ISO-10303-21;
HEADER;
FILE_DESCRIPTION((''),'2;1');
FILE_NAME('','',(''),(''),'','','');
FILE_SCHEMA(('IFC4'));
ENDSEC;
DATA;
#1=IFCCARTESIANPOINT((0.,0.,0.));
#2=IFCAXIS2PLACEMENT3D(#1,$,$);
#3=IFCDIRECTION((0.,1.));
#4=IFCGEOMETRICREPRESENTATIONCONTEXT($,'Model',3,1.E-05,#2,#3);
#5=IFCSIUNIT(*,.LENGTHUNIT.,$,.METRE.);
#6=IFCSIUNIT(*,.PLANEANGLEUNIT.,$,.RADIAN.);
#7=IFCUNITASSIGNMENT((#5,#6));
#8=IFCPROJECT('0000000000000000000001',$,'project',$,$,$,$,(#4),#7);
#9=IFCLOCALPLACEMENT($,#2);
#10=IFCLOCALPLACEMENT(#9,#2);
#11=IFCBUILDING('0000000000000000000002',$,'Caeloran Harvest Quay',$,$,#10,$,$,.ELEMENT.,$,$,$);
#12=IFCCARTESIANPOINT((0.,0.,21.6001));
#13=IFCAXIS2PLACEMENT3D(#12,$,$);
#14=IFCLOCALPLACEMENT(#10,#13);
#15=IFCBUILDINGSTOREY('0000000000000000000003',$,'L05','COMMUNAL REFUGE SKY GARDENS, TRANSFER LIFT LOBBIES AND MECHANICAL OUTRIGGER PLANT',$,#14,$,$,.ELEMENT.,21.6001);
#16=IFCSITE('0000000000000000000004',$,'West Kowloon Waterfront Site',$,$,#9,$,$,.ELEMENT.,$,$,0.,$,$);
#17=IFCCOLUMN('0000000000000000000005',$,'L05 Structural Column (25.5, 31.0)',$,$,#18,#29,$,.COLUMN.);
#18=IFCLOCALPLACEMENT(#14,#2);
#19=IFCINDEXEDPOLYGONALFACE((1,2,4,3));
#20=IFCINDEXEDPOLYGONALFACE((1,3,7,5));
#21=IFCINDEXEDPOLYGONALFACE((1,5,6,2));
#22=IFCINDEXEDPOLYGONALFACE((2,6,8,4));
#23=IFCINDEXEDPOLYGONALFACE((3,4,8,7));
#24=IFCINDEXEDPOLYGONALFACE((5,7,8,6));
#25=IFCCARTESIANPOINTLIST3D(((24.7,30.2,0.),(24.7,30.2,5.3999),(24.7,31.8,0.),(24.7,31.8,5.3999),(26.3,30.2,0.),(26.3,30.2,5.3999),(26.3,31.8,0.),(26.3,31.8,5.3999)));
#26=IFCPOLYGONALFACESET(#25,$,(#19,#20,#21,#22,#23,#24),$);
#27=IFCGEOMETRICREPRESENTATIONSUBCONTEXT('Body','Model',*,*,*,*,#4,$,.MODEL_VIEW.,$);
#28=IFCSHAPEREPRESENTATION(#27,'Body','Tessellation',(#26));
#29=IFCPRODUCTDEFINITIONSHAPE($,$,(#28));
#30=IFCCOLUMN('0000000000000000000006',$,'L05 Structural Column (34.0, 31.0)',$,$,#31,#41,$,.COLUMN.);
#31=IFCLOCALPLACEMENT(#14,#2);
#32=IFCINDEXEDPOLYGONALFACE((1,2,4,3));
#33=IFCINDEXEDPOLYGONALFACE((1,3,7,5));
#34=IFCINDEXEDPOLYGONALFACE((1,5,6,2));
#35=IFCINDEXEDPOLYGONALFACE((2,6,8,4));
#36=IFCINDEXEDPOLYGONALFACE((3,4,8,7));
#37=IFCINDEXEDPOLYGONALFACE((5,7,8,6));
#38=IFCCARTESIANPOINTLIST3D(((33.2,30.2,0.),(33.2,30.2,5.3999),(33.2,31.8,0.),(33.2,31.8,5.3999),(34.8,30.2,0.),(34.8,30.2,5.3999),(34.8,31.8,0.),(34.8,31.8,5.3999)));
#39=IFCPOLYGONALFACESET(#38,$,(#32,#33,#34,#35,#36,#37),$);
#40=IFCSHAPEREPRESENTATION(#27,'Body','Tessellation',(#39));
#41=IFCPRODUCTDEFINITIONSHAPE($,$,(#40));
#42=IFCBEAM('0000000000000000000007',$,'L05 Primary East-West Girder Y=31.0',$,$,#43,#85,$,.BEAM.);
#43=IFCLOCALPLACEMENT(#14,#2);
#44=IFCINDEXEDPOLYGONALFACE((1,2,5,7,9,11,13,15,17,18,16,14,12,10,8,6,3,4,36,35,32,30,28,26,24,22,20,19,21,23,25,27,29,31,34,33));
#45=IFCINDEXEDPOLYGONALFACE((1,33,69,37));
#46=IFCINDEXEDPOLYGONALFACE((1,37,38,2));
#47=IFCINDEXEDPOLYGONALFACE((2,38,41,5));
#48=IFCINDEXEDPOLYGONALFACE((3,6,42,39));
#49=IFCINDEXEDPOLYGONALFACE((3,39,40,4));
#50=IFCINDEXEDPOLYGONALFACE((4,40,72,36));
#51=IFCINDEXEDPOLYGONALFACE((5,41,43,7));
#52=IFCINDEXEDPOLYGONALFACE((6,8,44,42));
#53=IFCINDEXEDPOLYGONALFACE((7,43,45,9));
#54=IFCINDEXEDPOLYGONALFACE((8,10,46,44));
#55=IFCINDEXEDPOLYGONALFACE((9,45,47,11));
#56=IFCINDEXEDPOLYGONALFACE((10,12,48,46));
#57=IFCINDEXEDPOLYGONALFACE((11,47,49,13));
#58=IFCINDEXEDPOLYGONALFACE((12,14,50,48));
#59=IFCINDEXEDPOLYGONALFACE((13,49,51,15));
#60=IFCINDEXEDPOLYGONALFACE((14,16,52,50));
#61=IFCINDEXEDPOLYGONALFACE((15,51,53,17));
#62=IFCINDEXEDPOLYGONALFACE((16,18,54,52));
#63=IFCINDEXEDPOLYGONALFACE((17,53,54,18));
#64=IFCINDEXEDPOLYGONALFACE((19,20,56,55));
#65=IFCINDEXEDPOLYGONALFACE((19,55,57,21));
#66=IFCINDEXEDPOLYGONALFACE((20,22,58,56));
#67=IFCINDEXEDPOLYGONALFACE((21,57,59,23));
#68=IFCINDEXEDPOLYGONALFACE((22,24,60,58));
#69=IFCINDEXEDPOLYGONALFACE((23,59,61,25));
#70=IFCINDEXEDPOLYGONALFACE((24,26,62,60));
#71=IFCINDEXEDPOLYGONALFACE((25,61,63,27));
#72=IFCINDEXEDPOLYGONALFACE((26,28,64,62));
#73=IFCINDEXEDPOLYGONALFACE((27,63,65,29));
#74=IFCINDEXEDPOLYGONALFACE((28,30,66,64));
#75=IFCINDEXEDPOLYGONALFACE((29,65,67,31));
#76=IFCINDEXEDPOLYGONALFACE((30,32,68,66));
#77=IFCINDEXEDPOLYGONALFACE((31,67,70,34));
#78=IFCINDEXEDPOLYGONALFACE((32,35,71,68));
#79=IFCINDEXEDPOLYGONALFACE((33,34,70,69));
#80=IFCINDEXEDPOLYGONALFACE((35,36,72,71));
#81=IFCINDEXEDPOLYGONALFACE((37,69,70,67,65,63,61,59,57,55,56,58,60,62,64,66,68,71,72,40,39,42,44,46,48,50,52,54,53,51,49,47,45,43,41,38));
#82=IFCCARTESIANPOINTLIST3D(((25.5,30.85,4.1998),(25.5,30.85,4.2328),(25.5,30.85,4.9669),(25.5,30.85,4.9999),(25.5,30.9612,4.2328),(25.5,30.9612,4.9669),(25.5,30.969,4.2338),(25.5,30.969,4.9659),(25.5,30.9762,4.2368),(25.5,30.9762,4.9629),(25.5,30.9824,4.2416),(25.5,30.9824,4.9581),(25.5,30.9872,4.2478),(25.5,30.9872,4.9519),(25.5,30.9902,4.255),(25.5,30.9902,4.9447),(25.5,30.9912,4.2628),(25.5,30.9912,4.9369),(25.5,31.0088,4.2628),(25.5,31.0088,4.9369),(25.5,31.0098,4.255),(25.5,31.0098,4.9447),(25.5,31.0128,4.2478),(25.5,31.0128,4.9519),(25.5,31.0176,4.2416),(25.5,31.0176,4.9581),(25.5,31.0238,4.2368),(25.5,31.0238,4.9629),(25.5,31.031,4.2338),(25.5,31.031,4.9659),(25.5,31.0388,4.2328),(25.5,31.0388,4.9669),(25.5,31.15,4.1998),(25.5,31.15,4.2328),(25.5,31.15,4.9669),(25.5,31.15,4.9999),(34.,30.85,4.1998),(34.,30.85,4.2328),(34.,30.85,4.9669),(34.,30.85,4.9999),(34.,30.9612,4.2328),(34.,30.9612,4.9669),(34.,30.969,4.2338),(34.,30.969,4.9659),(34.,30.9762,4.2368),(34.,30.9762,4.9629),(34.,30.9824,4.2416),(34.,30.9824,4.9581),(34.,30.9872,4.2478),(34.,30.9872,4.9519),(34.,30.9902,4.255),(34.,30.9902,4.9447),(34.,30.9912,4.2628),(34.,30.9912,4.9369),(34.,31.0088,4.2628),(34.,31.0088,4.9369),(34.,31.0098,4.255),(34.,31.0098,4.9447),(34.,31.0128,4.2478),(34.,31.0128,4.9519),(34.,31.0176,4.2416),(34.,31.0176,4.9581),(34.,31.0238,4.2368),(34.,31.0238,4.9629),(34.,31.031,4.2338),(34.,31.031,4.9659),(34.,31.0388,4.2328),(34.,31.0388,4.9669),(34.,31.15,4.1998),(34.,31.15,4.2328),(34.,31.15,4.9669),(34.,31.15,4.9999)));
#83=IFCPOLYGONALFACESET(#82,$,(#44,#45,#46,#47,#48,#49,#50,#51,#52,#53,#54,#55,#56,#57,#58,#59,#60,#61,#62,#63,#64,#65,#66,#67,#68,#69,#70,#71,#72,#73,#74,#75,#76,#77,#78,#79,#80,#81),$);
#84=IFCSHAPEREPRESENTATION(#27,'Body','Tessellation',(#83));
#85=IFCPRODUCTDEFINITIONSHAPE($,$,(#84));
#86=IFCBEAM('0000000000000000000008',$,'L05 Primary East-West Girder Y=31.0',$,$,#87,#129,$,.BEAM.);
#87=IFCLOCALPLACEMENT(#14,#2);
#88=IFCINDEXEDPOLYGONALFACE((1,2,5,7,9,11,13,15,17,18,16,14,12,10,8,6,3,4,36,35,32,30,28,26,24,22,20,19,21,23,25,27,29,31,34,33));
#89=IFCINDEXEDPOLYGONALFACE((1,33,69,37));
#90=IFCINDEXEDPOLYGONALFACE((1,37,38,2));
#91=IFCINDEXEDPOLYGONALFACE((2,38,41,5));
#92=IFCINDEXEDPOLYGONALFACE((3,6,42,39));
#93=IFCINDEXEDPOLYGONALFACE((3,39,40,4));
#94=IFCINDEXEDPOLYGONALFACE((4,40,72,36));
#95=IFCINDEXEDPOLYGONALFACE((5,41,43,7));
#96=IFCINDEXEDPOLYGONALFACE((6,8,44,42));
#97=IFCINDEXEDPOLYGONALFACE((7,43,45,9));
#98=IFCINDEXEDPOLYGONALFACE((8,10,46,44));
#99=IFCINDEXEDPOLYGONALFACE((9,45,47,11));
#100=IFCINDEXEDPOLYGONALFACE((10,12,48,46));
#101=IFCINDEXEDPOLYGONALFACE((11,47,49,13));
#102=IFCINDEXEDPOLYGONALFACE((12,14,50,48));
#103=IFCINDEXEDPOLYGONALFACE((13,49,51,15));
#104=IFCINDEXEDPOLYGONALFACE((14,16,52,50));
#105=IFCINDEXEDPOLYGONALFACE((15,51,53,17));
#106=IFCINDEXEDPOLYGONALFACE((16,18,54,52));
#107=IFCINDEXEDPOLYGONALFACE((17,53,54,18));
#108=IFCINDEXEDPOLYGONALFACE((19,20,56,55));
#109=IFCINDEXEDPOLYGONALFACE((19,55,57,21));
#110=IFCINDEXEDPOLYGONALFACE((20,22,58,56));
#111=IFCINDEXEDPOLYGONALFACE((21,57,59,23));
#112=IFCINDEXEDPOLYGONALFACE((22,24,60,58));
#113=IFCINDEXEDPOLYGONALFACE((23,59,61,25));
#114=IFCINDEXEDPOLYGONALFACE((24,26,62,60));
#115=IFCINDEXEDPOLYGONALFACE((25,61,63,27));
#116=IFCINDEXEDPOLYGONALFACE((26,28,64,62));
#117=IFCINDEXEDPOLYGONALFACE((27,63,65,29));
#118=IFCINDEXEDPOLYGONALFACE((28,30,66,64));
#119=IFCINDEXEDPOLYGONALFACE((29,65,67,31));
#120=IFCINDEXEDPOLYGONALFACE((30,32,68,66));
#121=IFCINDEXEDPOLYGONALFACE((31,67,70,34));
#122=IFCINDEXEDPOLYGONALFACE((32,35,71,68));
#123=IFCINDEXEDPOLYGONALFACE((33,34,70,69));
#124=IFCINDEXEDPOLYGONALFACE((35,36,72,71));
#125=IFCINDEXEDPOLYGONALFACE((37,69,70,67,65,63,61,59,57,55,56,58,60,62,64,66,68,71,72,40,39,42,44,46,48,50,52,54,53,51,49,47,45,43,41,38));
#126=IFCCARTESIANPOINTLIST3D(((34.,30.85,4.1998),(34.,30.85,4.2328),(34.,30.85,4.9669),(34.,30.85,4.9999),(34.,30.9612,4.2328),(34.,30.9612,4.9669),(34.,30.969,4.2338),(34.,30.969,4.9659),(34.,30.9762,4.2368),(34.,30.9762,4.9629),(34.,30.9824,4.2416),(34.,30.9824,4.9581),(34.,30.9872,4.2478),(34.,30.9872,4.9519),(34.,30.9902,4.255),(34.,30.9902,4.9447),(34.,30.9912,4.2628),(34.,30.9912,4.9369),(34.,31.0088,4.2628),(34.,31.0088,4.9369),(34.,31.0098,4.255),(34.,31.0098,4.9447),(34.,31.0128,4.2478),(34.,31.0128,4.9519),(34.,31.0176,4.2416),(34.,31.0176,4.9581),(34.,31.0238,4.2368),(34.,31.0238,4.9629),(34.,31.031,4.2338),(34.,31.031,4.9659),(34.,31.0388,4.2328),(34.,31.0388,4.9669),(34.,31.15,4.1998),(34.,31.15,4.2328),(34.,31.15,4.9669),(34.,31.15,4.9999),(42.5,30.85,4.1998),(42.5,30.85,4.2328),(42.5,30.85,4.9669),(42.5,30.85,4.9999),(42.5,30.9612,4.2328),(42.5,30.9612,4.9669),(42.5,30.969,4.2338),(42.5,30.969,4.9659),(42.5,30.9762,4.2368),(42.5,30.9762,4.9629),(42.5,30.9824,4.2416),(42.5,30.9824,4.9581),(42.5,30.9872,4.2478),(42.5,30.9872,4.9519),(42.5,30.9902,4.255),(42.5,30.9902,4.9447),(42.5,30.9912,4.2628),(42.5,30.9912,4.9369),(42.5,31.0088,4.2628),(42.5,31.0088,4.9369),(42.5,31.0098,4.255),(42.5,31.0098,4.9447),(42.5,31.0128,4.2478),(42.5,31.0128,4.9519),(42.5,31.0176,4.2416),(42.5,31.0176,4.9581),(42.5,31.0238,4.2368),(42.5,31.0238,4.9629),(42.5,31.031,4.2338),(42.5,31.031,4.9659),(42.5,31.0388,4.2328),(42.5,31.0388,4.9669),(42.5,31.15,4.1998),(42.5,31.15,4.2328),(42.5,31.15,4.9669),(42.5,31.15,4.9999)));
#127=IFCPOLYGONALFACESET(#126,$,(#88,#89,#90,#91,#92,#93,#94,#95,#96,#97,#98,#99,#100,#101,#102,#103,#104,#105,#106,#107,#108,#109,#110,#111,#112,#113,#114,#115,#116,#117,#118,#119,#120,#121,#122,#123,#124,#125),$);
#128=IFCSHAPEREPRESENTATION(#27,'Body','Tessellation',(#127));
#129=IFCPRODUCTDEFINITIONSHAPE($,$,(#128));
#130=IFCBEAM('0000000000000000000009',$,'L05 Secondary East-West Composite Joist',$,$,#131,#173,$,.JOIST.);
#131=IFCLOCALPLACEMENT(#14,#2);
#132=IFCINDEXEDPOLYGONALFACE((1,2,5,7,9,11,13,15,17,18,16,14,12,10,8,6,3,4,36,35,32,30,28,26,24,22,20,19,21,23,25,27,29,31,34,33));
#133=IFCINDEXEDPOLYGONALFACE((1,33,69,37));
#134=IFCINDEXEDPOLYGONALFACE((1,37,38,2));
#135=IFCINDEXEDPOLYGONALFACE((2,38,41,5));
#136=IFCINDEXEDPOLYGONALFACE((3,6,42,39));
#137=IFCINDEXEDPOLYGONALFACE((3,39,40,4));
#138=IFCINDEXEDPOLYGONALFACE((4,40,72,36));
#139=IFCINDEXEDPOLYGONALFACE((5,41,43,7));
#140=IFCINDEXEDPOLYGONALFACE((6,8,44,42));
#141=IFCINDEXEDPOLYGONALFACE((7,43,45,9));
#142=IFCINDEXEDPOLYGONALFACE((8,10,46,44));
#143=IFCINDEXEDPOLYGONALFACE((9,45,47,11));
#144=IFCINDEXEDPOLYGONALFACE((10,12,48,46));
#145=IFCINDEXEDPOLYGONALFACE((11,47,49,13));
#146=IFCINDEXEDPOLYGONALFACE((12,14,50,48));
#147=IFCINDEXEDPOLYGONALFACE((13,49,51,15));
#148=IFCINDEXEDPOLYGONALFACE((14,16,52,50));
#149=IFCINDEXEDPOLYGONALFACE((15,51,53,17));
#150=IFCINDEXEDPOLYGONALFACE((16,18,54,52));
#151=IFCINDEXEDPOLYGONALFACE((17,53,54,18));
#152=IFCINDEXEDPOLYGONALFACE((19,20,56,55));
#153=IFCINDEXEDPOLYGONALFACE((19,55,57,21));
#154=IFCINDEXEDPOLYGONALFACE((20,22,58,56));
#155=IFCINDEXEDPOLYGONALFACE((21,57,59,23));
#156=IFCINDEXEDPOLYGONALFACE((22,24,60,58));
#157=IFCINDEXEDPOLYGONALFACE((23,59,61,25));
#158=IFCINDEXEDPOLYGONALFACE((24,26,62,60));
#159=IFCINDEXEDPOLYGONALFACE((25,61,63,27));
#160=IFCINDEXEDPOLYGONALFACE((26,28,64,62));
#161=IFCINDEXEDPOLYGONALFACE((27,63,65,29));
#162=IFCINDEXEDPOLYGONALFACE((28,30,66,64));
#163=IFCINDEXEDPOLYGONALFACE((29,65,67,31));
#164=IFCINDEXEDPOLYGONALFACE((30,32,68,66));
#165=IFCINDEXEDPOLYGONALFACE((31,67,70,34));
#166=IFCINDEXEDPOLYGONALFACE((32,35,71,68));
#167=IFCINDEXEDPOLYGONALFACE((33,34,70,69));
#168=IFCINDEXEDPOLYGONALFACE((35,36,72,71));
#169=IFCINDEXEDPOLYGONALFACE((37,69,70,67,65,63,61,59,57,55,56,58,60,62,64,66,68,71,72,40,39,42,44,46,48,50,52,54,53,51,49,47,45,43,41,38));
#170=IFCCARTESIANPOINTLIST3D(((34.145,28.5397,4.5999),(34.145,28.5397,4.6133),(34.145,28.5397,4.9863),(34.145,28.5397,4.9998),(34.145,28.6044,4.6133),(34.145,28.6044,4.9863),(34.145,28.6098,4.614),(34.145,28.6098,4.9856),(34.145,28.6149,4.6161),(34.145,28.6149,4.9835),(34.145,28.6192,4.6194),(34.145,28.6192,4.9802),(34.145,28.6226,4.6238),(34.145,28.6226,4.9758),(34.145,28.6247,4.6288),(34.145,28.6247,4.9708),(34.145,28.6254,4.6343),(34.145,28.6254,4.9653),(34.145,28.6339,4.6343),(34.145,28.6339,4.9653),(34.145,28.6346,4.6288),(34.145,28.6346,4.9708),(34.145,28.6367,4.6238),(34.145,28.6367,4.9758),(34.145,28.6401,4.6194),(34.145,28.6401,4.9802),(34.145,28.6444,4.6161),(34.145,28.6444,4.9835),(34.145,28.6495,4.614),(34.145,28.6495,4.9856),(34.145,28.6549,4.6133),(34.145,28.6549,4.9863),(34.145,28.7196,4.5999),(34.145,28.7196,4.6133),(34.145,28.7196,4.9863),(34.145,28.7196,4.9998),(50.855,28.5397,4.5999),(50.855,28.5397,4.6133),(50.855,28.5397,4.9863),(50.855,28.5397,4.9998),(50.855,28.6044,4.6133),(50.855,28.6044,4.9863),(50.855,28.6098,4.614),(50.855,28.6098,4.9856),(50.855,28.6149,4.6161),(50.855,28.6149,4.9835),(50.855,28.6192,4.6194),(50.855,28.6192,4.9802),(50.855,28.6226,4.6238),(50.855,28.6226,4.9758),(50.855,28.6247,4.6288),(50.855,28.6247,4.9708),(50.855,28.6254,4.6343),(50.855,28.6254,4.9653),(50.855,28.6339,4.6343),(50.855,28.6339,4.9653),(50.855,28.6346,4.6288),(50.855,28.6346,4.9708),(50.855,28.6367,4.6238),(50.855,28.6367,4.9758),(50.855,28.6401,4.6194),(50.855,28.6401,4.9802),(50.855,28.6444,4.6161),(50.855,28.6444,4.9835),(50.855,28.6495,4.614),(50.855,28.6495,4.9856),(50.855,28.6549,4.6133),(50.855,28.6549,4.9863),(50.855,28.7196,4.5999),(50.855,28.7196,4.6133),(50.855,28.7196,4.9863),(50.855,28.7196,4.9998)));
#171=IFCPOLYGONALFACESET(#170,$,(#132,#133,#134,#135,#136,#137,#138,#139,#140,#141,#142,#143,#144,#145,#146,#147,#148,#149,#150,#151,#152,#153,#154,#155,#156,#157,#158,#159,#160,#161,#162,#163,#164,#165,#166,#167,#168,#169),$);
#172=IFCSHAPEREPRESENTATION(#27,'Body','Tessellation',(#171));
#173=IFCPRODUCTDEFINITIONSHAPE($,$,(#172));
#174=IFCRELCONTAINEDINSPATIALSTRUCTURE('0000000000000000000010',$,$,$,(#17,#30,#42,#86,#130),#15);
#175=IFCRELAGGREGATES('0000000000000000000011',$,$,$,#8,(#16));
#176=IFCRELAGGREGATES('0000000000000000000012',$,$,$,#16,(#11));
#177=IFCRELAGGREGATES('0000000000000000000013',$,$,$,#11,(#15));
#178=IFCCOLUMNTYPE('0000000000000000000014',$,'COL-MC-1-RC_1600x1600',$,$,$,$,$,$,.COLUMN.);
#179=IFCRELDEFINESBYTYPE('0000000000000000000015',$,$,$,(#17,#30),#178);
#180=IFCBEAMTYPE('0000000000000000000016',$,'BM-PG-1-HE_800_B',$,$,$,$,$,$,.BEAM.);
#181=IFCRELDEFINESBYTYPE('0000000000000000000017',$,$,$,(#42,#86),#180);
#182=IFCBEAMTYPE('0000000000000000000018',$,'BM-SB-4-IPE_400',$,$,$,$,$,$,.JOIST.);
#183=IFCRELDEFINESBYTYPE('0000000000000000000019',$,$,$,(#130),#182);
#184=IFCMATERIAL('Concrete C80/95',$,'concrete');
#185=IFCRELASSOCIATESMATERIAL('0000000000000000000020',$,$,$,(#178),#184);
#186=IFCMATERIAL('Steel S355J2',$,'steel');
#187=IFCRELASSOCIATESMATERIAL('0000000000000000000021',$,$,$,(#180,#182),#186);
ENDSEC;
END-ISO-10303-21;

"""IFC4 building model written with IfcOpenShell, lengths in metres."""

from ifc_helpers import new_model, si_unit, direction, frame, origin, origin_2d, place, context, subcontext, project, spatial, rectangle, i_section, extrude, material, material_profile, profile_set, type_object, element, save


model = new_model("IFC4")

# Units and contexts
model_context = context("Model", 3, precision=1e-05, world=origin(), true_north=direction((0.0, 1.0)))
body_context = subcontext(model_context, "Body", "Model", "MODEL_VIEW")
ifc_project = project(units=[si_unit("LENGTHUNIT", "METRE"), si_unit("PLANEANGLEUNIT", "RADIAN")], contexts=[model_context])

# Site, building, storey
site_placement = place(None, origin())
site = spatial("IfcSite", under=ifc_project, at=site_placement, Name="West Kowloon Waterfront Site", CompositionType="ELEMENT", RefElevation=0.0)
building_placement = place(site_placement, origin())
building = spatial("IfcBuilding", under=site, at=building_placement, Name="Caeloran Harvest Quay", CompositionType="ELEMENT")
storey_placement = place(building_placement, frame((0.0, 0.0, 21.6001)))
storey = spatial("IfcBuildingStorey", under=building, at=storey_placement, Name="L05", Description="COMMUNAL REFUGE SKY GARDENS, TRANSFER LIFT LOBBIES AND MECHANICAL OUTRIGGER PLANT", CompositionType="ELEMENT", Elevation=21.6001)

# Columns
ifc_material_1 = material(Name="Concrete C80/95", Category="concrete")
ifc_material_profile_1 = material_profile(ifc_material_1, rectangle(XDim=1.6001, YDim=1.6001, at=origin_2d()), Name="RC 1600x1600")
ifc_profile_set_1 = profile_set([ifc_material_profile_1], Name="Concrete C80/95")
column_type = type_object("IfcColumnType", Name="COL-MC-1-RC_1600x1600", PredefinedType="COLUMN", material=ifc_profile_set_1)
for number, where, z_axis, x_axis, name in (
    (1, (25.5, 31.0, 0.0), (0.0, 0.0, 1.0), (1.0, 0.0, 0.0), "L05 Structural Column (25.5, 31.0)"),
    (2, (34.0, 31.0, 0.0), (0.0, 0.0, 1.0), (1.0, 0.0, 0.0), "L05 Structural Column (34.0, 31.0)"),
):
    element("IfcColumn", number, at=place(storey_placement, frame(where, z_axis=z_axis, x_axis=x_axis)), inside=storey, type_object=column_type, Name=name, PredefinedType="COLUMN", context=body_context, shape_type="SweptSolid", body=[
        extrude(rectangle(XDim=1.6001, YDim=1.6001, at=origin_2d()), origin(), (0.0, 0.0, 1.0), 5.3999),
    ])

# Beams
ifc_material_2 = material(Name="Steel S355J2", Category="steel")
ifc_material_profile_2 = material_profile(ifc_material_2, i_section(OverallWidth=0.3, OverallDepth=0.8, WebThickness=0.0176, FlangeThickness=0.033, FilletRadius=0.03, at=origin_2d()), Name="HE 800 B")
ifc_profile_set_2 = profile_set([ifc_material_profile_2], Name="Steel S355J2")
beam_type_1 = type_object("IfcBeamType", Name="BM-PG-1-HE_800_B", PredefinedType="BEAM", material=ifc_profile_set_2)
for number, where, z_axis, x_axis, name in (
    (3, (25.5, 31.0, 4.5999), (1.0, 0.0, 0.0), (0.0, 1.0, 0.0), "L05 Primary East-West Girder Y=31.0"),
    (4, (34.0, 31.0, 4.5999), (1.0, 0.0, 0.0), (0.0, 1.0, 0.0), "L05 Primary East-West Girder Y=31.0"),
):
    element("IfcBeam", number, at=place(storey_placement, frame(where, z_axis=z_axis, x_axis=x_axis)), inside=storey, type_object=beam_type_1, Name=name, PredefinedType="BEAM", context=body_context, shape_type="SweptSolid", body=[
        extrude(i_section(OverallWidth=0.3, OverallDepth=0.8, WebThickness=0.0176, FlangeThickness=0.033, FilletRadius=0.03, at=origin_2d()), origin(), (0.0, 0.0, 1.0), 8.5),
    ])
ifc_material_profile_3 = material_profile(ifc_material_2, i_section(OverallWidth=0.1799, OverallDepth=0.3999, WebThickness=0.0085, FlangeThickness=0.0134, FilletRadius=0.021, at=origin_2d()), Name="IPE 400")
ifc_profile_set_3 = profile_set([ifc_material_profile_3], Name="Steel S355J2")
beam_type_2 = type_object("IfcBeamType", Name="BM-SB-4-IPE_400", PredefinedType="JOIST", material=ifc_profile_set_3)
for number, where, z_axis, x_axis, name in (
    (5, (34.145, 28.6296, 4.7998), (1.0, 0.0, 0.0), (0.0, 1.0, 0.0), "L05 Secondary East-West Composite Joist"),
):
    element("IfcBeam", number, at=place(storey_placement, frame(where, z_axis=z_axis, x_axis=x_axis)), inside=storey, type_object=beam_type_2, Name=name, PredefinedType="JOIST", context=body_context, shape_type="SweptSolid", body=[
        extrude(i_section(OverallWidth=0.1799, OverallDepth=0.3999, WebThickness=0.0085, FlangeThickness=0.0134, FilletRadius=0.021, at=origin_2d()), origin(), (0.0, 0.0, 1.0), 16.71),
    ])

save(model, "model.ifc")
